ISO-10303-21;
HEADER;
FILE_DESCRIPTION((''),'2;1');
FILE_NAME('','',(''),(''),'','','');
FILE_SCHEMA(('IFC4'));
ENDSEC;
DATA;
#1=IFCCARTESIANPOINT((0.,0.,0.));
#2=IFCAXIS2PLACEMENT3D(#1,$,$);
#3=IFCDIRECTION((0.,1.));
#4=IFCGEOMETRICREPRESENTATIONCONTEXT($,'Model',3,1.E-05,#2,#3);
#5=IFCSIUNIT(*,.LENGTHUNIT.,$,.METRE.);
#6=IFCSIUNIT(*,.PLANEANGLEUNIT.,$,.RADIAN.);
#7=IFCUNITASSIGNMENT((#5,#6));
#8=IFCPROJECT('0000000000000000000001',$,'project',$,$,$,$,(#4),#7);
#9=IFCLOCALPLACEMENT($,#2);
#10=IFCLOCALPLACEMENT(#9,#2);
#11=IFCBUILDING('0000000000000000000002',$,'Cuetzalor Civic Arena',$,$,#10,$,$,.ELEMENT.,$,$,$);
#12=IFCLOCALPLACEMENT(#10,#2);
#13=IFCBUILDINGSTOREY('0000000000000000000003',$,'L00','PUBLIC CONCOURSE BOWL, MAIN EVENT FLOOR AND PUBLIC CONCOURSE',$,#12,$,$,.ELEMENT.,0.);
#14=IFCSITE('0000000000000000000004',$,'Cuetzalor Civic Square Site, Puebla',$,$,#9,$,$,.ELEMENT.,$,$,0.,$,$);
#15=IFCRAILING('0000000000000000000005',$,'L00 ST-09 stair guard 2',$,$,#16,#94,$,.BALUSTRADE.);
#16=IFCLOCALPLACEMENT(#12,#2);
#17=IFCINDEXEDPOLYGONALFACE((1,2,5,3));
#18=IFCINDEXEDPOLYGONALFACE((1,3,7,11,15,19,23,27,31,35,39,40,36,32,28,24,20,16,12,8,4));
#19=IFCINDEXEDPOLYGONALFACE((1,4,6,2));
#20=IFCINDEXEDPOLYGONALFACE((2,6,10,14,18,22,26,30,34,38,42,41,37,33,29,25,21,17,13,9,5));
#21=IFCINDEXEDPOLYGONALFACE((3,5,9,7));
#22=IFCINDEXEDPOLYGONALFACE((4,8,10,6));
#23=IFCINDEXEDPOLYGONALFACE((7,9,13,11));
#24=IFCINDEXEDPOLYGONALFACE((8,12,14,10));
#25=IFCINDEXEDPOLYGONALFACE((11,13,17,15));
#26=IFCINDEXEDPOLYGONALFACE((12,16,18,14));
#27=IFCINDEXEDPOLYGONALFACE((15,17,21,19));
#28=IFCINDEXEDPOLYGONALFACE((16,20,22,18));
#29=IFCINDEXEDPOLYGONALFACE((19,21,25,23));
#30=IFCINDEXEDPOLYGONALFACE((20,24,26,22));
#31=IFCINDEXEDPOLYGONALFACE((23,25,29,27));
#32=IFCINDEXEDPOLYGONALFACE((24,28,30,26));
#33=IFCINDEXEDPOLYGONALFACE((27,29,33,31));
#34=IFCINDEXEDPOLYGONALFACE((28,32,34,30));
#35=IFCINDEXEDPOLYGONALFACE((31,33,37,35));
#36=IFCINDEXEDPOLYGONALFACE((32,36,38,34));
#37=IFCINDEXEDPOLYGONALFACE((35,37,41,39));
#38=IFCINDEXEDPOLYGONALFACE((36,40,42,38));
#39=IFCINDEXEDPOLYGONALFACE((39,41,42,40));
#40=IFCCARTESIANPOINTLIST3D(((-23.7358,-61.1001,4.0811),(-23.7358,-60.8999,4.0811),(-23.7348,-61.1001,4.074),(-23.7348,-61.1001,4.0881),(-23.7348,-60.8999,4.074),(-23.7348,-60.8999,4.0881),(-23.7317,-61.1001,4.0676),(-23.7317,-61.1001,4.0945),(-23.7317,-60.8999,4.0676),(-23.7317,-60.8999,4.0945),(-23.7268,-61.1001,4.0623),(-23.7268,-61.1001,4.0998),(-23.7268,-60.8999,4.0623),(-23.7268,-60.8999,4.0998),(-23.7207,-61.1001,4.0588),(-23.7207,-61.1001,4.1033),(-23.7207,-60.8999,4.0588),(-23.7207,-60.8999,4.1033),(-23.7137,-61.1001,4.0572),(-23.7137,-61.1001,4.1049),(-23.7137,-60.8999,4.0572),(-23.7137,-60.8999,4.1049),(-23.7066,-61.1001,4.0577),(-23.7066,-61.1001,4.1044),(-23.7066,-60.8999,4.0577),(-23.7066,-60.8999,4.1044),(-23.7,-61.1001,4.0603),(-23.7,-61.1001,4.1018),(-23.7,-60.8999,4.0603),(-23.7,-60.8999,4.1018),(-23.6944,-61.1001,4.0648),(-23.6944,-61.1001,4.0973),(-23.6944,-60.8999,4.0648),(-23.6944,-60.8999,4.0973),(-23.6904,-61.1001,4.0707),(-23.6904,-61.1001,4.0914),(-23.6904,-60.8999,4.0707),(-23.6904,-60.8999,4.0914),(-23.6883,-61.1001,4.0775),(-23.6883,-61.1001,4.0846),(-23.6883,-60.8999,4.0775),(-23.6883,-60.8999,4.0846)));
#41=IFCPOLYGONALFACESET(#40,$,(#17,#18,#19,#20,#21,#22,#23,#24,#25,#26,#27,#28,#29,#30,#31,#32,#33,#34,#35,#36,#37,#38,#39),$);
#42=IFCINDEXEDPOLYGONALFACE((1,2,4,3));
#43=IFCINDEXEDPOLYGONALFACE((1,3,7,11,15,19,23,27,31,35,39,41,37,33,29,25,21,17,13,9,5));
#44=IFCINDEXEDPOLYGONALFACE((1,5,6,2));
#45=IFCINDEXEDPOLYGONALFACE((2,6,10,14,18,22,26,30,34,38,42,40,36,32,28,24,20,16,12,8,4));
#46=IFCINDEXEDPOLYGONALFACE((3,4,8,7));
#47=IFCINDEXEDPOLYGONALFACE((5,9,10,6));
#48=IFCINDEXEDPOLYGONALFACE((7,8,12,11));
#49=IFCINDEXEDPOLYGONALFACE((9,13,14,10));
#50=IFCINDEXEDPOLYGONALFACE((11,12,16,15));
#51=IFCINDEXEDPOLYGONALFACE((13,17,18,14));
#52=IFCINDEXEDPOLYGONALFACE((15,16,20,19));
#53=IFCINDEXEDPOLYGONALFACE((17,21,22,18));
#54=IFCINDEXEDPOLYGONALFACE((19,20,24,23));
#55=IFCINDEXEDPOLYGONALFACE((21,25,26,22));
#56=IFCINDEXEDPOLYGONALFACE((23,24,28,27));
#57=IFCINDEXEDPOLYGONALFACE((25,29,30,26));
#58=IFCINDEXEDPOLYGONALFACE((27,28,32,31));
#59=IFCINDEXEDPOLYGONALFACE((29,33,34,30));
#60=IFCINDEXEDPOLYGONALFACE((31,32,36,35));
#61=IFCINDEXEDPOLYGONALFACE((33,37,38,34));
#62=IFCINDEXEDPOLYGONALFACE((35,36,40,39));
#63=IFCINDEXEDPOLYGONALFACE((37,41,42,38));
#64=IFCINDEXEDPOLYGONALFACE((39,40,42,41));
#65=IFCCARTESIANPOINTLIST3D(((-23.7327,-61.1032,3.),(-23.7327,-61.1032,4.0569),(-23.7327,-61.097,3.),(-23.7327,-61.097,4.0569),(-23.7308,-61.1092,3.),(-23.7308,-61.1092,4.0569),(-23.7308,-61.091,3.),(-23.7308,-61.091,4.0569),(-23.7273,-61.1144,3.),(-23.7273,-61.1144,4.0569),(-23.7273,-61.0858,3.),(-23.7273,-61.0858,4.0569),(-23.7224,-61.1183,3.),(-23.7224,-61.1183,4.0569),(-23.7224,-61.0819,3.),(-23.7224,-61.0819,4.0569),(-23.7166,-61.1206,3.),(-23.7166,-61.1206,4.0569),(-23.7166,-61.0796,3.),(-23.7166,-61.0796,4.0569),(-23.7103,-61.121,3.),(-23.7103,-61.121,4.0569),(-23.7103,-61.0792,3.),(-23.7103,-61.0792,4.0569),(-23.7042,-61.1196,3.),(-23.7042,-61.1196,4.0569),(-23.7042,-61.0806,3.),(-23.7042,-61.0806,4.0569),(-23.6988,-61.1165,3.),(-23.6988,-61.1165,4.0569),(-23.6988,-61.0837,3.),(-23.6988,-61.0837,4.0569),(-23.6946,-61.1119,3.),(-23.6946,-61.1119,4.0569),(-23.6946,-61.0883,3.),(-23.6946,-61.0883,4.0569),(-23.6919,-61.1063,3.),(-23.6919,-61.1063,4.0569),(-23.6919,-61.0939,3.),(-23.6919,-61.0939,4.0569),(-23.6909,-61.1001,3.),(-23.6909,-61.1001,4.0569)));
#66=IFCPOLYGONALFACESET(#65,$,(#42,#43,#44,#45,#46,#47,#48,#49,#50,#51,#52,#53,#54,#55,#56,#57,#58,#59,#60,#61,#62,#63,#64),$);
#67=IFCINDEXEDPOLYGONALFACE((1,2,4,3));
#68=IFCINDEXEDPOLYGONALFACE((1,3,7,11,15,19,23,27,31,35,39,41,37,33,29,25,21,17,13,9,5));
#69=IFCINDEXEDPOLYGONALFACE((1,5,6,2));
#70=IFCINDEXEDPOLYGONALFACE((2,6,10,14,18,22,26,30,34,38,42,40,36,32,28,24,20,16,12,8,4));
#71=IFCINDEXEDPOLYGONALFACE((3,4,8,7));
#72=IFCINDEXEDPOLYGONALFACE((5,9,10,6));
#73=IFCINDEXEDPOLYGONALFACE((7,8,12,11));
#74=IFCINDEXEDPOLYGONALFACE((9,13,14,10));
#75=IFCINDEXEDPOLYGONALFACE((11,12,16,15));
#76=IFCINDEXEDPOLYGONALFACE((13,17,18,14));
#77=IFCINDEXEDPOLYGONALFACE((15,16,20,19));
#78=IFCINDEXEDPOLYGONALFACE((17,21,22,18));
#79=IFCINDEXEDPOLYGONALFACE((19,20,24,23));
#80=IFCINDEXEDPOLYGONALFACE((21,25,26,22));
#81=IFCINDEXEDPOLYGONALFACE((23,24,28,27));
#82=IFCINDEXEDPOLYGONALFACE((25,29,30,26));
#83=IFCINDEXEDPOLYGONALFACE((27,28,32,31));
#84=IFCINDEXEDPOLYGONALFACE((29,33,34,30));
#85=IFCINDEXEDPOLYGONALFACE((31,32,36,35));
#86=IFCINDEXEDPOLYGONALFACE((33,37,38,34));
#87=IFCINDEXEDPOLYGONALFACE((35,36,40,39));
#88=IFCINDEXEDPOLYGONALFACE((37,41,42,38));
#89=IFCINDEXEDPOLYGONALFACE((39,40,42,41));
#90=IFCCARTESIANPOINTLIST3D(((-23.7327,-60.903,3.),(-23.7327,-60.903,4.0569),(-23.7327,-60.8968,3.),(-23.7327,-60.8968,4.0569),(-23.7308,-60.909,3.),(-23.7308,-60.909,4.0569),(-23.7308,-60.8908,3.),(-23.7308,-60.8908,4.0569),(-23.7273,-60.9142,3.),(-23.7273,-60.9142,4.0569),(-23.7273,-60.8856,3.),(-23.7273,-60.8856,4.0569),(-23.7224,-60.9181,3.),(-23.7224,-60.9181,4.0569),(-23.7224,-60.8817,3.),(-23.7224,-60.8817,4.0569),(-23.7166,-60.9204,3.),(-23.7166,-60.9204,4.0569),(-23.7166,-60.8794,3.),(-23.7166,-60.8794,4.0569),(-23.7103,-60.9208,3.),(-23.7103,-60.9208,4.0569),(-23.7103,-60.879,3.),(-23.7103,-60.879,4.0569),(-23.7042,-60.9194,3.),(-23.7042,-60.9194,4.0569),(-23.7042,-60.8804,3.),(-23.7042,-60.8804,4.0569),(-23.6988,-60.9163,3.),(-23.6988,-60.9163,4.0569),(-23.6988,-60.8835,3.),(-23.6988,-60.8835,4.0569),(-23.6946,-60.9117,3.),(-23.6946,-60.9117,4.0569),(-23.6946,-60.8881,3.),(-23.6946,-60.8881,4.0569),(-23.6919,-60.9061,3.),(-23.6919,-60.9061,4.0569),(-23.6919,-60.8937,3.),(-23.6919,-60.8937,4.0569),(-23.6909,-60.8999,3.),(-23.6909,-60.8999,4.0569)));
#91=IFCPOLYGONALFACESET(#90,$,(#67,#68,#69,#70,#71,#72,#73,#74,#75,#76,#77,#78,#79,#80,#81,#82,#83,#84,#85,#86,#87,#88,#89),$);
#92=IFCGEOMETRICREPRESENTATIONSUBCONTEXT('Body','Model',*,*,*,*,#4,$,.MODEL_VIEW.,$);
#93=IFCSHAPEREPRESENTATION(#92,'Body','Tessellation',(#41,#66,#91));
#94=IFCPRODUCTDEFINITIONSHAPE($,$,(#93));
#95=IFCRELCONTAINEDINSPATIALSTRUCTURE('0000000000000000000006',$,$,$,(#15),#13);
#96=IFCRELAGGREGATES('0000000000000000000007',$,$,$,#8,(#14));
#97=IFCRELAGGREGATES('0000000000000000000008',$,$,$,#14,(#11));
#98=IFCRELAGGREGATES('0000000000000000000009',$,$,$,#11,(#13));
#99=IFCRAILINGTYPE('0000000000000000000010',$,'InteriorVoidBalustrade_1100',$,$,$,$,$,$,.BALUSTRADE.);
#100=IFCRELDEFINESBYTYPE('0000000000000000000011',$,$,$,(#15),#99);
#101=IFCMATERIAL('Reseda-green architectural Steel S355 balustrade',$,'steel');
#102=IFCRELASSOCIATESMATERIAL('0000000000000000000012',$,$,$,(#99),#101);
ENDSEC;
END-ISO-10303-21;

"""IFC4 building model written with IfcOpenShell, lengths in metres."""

from ifc_helpers import new_model, si_unit, direction, frame, origin, origin_2d, place, context, subcontext, project, spatial, circle, extrude, material, type_object, element, save


model = new_model("IFC4")

# Units and contexts
model_context = context("Model", 3, precision=1e-05, world=origin(), true_north=direction((0.0, 1.0)))
body_context = subcontext(model_context, "Body", "Model", "MODEL_VIEW")
ifc_project = project(units=[si_unit("LENGTHUNIT", "METRE"), si_unit("PLANEANGLEUNIT", "RADIAN")], contexts=[model_context])

# Site, building, storey
site_placement = place(None, origin())
site = spatial("IfcSite", under=ifc_project, at=site_placement, Name="Cuetzalor Civic Square Site, Puebla", CompositionType="ELEMENT", RefElevation=0.0)
building_placement = place(site_placement, origin())
building = spatial("IfcBuilding", under=site, at=building_placement, Name="Cuetzalor Civic Arena", CompositionType="ELEMENT")
storey_placement = place(building_placement, origin())
storey = spatial("IfcBuildingStorey", under=building, at=storey_placement, Name="L00", Description="PUBLIC CONCOURSE BOWL, MAIN EVENT FLOOR AND PUBLIC CONCOURSE", CompositionType="ELEMENT", Elevation=0.0)

# Railing
ifc_material_1 = material(Name="Reseda-green architectural Steel S355 balustrade", Category="steel")
railing_type_1 = type_object("IfcRailingType", Name="InteriorVoidBalustrade_1100", PredefinedType="BALUSTRADE", material=ifc_material_1)
railing_1_placement = place(storey_placement, frame((-23.7119, -61.1001, 3.0)))
element("IfcRailing", 1, at=railing_1_placement, inside=storey, type_object=railing_type_1, Name="L00 ST-09 stair guard 2", PredefinedType="BALUSTRADE", context=body_context, shape_type="SweptSolid", body=[
    extrude(circle(Radius=0.0239, at=origin_2d()), frame((0.0, 0.0, 1.0811), z_axis=(0.0, 1.0, 0.0), x_axis=(-1.0, 0.0, 0.0)), (0.0, 0.0, 1.0), 0.2002),
    extrude(circle(Radius=0.021, at=origin_2d()), origin(), (0.0, 0.0, 1.0), 1.0569),
    extrude(circle(Radius=0.021, at=origin_2d()), frame((0.0, 0.2002, 0.0)), (0.0, 0.0, 1.0), 1.0569),
])

save(model, "model.ifc")
